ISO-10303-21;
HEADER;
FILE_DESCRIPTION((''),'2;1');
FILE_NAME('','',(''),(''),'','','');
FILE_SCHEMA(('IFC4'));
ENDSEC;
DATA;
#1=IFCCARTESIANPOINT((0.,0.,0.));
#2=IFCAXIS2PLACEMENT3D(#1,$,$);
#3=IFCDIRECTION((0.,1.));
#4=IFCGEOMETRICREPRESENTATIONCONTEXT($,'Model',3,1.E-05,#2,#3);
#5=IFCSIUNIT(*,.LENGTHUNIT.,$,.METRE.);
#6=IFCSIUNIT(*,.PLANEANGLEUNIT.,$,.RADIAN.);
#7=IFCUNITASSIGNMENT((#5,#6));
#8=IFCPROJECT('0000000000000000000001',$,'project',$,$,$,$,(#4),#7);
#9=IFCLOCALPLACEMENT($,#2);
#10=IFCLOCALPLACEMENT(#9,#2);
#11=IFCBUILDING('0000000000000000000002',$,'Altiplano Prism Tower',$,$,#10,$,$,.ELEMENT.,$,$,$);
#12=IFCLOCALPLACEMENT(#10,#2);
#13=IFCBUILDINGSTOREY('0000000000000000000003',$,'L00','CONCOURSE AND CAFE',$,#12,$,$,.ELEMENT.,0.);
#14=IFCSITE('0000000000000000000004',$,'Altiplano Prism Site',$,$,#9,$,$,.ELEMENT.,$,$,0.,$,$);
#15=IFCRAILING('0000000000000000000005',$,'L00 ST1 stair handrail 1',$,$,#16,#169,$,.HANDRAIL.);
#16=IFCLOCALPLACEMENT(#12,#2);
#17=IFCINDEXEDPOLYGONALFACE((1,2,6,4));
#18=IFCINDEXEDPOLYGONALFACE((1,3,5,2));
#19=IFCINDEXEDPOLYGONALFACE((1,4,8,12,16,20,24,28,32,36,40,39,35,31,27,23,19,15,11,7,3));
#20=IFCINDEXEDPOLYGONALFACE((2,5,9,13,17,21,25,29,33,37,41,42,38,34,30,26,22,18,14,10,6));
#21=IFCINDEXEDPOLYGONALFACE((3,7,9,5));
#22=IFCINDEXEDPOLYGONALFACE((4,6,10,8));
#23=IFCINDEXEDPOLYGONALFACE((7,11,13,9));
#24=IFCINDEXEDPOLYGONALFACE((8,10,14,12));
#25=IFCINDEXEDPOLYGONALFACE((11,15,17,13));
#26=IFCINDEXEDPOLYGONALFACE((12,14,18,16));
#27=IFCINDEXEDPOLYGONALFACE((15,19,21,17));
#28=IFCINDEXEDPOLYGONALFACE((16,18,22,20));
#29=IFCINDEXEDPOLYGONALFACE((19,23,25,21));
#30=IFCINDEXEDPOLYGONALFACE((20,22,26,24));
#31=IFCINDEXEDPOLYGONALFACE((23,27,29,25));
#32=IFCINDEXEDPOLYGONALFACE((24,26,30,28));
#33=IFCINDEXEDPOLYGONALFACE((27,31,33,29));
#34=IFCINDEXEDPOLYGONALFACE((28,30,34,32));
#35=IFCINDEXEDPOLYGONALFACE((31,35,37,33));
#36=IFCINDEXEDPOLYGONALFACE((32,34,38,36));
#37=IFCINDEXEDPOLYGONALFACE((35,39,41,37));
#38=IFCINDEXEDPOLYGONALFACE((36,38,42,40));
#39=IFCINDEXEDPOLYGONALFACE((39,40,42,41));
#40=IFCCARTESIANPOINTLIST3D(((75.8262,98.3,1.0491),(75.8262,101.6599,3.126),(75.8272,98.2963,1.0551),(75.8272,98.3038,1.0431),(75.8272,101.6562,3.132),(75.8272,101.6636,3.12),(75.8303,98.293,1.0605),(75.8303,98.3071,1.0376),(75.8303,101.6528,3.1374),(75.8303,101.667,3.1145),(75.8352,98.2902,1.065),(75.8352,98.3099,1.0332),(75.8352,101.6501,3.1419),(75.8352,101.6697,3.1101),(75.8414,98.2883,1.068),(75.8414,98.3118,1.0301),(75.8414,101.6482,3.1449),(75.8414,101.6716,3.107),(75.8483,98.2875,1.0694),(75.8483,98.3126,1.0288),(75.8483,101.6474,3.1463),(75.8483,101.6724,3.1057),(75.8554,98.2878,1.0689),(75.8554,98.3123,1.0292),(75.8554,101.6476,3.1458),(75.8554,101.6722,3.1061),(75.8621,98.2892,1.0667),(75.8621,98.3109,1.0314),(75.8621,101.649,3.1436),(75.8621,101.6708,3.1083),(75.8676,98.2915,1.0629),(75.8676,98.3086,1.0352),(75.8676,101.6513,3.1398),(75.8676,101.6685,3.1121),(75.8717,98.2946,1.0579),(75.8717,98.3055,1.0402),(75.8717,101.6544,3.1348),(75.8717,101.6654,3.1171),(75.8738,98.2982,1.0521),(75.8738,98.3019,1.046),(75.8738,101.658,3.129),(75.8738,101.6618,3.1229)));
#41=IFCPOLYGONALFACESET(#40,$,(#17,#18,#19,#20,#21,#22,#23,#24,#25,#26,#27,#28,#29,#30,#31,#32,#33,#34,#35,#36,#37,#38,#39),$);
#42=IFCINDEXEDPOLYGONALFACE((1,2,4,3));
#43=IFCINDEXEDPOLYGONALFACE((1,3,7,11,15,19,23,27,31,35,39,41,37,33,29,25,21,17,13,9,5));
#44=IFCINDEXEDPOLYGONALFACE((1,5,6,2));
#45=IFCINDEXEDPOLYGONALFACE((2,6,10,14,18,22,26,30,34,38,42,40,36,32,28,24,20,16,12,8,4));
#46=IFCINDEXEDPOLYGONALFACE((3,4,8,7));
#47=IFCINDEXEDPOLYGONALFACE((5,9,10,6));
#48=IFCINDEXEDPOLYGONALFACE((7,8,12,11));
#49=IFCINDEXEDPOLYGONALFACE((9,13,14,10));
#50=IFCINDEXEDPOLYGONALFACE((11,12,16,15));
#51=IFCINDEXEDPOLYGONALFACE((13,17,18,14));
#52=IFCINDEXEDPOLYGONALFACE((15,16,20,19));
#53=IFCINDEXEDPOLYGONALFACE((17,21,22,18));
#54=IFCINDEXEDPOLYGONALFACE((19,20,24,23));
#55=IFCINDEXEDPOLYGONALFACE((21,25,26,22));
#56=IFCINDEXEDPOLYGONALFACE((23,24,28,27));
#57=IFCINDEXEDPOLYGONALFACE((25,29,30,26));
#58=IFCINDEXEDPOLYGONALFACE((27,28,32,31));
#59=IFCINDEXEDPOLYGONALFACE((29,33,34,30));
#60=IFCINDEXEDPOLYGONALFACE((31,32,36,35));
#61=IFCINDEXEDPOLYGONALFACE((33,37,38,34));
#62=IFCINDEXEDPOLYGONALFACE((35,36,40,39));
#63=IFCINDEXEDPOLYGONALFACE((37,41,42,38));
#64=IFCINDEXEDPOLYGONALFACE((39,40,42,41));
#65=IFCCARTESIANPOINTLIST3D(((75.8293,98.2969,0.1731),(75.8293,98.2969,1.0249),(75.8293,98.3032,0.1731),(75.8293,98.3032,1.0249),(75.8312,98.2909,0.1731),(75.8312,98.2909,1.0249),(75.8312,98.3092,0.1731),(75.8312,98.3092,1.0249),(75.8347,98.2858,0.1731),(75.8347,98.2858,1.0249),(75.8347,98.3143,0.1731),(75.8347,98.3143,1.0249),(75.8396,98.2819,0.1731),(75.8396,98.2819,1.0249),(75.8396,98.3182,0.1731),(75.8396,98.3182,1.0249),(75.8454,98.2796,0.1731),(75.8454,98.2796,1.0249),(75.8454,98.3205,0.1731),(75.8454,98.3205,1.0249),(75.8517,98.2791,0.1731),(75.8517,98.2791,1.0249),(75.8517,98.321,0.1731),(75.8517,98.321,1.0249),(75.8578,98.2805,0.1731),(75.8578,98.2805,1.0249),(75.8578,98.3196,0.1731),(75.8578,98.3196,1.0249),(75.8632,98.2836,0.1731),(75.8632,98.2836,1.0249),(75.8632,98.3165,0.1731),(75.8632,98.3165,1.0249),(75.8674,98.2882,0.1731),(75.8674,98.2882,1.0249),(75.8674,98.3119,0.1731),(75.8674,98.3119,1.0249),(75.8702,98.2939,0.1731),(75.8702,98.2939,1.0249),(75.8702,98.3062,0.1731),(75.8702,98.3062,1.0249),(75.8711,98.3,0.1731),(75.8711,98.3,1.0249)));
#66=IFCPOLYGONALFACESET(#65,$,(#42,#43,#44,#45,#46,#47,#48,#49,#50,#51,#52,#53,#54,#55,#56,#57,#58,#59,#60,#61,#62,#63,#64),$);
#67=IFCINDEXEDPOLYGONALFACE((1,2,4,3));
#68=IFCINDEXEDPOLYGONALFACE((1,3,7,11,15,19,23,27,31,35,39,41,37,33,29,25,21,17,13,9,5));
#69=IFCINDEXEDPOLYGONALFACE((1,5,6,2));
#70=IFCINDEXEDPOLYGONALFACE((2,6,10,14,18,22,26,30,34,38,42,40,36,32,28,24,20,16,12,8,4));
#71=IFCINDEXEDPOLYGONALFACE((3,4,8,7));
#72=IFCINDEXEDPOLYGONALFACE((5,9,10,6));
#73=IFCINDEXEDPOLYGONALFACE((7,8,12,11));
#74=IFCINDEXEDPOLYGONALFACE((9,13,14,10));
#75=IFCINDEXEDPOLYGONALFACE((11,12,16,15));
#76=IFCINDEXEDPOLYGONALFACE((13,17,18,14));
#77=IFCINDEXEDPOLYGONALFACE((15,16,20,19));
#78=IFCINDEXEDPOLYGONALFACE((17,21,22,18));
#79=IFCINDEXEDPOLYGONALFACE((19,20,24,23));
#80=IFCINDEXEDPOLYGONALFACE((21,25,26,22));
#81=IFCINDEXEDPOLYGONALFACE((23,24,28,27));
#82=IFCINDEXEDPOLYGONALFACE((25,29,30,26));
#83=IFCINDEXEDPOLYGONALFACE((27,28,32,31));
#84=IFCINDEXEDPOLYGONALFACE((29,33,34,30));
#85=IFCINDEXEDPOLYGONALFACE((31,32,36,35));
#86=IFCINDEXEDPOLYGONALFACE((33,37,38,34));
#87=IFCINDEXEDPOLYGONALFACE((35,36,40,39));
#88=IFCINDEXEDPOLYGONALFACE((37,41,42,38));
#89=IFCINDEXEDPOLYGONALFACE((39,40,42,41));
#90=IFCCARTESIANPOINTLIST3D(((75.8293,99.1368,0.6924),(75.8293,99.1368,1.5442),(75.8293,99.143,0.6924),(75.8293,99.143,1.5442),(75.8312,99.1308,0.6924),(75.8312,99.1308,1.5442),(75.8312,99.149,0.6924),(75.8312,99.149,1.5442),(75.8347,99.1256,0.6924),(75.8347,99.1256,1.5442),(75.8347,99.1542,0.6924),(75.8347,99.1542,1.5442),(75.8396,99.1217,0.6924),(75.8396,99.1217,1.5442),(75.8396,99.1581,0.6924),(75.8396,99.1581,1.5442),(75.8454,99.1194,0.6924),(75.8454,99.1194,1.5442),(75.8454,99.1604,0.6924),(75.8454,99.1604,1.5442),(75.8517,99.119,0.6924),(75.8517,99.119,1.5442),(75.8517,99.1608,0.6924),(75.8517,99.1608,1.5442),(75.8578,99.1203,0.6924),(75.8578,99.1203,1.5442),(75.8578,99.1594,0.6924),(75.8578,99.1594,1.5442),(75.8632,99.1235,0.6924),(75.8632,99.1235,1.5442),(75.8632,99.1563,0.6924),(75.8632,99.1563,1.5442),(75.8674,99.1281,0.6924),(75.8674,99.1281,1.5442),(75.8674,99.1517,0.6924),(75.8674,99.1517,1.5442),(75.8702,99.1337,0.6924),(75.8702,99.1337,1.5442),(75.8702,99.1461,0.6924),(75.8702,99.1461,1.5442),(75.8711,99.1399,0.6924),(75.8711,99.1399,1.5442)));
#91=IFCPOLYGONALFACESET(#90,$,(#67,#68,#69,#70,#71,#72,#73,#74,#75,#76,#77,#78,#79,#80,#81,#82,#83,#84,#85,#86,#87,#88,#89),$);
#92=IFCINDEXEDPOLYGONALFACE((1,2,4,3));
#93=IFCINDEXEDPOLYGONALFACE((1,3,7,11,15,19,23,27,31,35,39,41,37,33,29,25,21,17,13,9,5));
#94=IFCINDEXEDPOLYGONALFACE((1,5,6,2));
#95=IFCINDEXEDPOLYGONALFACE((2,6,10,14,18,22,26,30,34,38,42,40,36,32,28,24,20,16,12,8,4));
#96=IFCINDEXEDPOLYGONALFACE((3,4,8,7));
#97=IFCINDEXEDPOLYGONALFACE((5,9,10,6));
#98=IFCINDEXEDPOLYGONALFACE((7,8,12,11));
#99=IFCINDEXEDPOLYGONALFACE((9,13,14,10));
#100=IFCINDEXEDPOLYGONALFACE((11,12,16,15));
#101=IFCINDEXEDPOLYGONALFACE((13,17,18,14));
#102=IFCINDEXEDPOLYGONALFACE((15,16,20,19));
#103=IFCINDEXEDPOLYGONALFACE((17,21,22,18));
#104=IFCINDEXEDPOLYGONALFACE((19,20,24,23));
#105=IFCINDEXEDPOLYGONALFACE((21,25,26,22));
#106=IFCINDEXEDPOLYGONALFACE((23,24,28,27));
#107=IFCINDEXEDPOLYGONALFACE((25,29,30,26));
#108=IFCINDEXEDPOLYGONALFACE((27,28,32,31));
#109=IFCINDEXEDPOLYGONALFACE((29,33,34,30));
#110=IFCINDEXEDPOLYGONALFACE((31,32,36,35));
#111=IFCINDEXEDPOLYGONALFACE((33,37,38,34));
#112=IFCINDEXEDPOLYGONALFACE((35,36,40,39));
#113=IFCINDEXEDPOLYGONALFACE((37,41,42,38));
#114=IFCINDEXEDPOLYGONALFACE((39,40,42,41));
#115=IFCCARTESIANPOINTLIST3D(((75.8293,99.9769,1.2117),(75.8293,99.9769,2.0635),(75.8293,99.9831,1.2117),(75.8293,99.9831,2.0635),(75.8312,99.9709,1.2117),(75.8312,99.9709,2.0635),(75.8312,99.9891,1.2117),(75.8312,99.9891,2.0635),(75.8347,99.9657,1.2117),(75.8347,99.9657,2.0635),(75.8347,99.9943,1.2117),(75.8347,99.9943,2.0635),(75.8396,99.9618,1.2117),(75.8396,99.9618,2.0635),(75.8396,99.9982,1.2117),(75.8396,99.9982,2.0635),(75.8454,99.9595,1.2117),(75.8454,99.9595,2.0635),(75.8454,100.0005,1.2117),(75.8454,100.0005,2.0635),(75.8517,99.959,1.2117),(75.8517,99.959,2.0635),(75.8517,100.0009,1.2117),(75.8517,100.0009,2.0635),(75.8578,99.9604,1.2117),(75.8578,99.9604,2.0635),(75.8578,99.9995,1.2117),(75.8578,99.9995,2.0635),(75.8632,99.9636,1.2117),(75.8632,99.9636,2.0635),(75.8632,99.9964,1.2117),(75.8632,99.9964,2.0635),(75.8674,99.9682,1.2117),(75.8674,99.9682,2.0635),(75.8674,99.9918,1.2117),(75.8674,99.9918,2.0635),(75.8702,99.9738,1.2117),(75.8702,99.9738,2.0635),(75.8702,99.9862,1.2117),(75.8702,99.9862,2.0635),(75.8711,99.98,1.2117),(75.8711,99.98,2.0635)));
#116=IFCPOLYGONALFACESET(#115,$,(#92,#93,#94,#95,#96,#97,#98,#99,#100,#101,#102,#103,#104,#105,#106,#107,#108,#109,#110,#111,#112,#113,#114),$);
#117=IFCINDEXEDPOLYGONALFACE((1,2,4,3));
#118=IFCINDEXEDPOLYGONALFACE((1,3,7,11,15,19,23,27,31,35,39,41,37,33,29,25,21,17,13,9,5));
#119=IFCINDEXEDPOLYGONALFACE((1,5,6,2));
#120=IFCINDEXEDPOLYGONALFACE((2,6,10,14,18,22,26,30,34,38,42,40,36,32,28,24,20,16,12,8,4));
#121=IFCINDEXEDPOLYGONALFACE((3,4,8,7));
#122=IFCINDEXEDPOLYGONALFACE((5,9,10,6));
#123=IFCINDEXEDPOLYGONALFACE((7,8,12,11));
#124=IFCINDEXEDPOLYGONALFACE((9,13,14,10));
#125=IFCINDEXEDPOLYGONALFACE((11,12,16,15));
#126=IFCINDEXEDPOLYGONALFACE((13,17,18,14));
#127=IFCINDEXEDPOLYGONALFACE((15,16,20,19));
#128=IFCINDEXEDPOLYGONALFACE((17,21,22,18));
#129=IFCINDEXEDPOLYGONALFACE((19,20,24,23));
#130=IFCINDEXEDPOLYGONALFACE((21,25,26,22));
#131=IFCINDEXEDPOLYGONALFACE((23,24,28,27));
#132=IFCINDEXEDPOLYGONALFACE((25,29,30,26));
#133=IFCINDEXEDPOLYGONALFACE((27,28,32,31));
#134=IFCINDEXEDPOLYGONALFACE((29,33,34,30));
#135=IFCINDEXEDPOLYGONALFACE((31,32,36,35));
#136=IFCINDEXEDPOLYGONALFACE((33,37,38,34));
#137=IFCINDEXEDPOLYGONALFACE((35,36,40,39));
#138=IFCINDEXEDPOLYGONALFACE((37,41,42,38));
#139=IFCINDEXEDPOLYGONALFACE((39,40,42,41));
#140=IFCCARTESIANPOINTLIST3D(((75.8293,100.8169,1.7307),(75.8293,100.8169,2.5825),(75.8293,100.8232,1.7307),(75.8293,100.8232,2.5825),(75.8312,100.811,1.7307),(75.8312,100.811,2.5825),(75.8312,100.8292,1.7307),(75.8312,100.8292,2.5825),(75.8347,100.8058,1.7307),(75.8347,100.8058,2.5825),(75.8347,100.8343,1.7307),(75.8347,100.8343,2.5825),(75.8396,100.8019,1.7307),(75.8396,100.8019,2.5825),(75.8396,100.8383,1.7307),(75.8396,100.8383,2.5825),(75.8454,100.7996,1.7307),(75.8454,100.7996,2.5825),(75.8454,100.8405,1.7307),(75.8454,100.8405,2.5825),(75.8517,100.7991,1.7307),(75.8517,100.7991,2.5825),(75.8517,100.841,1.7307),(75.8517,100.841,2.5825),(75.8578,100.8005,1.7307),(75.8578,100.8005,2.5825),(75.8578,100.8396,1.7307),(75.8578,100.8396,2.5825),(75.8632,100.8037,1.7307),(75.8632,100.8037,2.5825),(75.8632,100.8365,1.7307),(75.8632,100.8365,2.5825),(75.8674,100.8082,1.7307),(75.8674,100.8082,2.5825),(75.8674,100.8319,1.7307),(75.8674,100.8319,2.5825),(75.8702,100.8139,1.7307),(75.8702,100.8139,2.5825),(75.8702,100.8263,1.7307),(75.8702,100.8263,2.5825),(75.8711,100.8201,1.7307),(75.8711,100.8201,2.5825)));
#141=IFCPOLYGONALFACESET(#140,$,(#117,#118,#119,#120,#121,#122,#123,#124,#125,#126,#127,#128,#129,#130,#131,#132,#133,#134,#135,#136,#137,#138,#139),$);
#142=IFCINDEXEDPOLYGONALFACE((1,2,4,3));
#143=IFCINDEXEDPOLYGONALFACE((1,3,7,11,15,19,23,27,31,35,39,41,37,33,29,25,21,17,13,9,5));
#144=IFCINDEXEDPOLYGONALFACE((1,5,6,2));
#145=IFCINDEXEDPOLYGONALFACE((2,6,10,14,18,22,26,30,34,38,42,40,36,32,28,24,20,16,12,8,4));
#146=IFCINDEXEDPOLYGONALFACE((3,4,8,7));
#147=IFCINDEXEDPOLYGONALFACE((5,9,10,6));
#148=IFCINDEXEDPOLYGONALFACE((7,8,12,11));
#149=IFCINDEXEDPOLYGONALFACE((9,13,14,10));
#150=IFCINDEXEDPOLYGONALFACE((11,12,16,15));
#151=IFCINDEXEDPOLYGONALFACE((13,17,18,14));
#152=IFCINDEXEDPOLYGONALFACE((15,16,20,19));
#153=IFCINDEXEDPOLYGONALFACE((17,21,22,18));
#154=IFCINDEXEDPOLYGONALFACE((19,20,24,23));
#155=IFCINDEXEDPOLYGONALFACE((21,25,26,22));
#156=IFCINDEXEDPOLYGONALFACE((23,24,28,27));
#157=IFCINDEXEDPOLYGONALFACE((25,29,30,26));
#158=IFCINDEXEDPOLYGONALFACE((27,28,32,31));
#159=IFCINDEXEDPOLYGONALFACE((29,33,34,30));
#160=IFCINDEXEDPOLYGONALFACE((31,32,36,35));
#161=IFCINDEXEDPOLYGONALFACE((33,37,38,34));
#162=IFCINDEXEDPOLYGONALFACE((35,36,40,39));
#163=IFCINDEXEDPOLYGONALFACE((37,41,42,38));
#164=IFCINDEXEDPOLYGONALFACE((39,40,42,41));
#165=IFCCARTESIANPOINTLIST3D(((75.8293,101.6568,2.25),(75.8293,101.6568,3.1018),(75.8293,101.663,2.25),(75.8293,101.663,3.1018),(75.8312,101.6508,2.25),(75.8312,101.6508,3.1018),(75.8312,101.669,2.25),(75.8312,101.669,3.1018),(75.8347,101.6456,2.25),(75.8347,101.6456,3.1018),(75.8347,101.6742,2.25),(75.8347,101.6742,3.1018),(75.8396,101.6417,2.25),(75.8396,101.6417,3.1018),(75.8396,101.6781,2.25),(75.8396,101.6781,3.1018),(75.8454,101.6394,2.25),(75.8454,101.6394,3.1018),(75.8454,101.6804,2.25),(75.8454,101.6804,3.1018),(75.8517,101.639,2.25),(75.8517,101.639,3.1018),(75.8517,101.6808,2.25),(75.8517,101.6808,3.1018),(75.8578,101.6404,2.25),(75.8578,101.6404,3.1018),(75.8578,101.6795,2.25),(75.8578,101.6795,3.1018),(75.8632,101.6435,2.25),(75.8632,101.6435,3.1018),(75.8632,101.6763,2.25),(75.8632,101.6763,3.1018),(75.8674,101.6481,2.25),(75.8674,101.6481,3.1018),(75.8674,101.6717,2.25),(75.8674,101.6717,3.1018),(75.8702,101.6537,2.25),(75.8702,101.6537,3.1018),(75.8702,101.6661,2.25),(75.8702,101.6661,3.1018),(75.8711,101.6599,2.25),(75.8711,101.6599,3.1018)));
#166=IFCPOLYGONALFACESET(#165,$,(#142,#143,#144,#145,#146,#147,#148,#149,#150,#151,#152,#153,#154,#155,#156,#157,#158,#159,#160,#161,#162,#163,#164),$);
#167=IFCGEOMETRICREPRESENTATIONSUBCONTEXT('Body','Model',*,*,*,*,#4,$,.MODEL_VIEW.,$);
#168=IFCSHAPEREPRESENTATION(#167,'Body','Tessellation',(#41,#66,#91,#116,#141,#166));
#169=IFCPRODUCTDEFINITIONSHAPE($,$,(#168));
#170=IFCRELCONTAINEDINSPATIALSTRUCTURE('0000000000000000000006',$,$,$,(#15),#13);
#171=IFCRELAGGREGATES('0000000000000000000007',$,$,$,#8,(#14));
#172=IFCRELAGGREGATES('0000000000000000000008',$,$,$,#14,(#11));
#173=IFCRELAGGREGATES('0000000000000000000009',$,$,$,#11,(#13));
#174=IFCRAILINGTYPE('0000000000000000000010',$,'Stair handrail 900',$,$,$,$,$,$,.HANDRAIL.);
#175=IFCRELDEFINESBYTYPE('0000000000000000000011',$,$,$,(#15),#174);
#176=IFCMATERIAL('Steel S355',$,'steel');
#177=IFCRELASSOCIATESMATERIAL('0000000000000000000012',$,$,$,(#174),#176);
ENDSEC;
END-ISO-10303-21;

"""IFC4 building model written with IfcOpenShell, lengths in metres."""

from ifc_helpers import new_model, si_unit, direction, frame, origin, origin_2d, place, context, subcontext, project, spatial, circle, extrude, material, type_object, element, save


model = new_model("IFC4")

# Units and contexts
model_context = context("Model", 3, precision=1e-05, world=origin(), true_north=direction((0.0, 1.0)))
body_context = subcontext(model_context, "Body", "Model", "MODEL_VIEW")
ifc_project = project(units=[si_unit("LENGTHUNIT", "METRE"), si_unit("PLANEANGLEUNIT", "RADIAN")], contexts=[model_context])

# Site, building, storey
site_placement = place(None, origin())
site = spatial("IfcSite", under=ifc_project, at=site_placement, Name="Altiplano Prism Site", CompositionType="ELEMENT", RefElevation=0.0)
building_placement = place(site_placement, origin())
building = spatial("IfcBuilding", under=site, at=building_placement, Name="Altiplano Prism Tower", CompositionType="ELEMENT")
storey_placement = place(building_placement, origin())
storey = spatial("IfcBuildingStorey", under=building, at=storey_placement, Name="L00", Description="CONCOURSE AND CAFE", CompositionType="ELEMENT", Elevation=0.0)

# Railing
ifc_material_1 = material(Name="Steel S355", Category="steel")
railing_type_1 = type_object("IfcRailingType", Name="Stair handrail 900", PredefinedType="HANDRAIL", material=ifc_material_1)
railing_1_placement = place(storey_placement, frame((75.8501, 98.3, 0.1731)))
element("IfcRailing", 1, at=railing_1_placement, inside=storey, type_object=railing_type_1, Name="L00 ST1 stair handrail 1", PredefinedType="HANDRAIL", context=body_context, shape_type="SweptSolid", body=[
    extrude(circle(Radius=0.0239, at=origin_2d()), frame((0.0, 0.0, 0.876), z_axis=(0.0, 0.850606, 0.525803), x_axis=(-1.0, 0.0, 0.0)), (0.0, 0.0, 1.0), 3.95),
    extrude(circle(Radius=0.021, at=origin_2d()), origin(), (0.0, 0.0, 1.0), 0.8518),
    extrude(circle(Radius=0.021, at=origin_2d()), frame((0.0, 0.8398, 0.5193)), (0.0, 0.0, 1.0), 0.8518),
    extrude(circle(Radius=0.021, at=origin_2d()), frame((0.0, 1.6799, 1.0386)), (0.0, 0.0, 1.0), 0.8518),
    extrude(circle(Radius=0.021, at=origin_2d()), frame((0.0, 2.52, 1.5576)), (0.0, 0.0, 1.0), 0.8518),
    extrude(circle(Radius=0.021, at=origin_2d()), frame((0.0, 3.3599, 2.0769)), (0.0, 0.0, 1.0), 0.8518),
])

save(model, "model.ifc")
